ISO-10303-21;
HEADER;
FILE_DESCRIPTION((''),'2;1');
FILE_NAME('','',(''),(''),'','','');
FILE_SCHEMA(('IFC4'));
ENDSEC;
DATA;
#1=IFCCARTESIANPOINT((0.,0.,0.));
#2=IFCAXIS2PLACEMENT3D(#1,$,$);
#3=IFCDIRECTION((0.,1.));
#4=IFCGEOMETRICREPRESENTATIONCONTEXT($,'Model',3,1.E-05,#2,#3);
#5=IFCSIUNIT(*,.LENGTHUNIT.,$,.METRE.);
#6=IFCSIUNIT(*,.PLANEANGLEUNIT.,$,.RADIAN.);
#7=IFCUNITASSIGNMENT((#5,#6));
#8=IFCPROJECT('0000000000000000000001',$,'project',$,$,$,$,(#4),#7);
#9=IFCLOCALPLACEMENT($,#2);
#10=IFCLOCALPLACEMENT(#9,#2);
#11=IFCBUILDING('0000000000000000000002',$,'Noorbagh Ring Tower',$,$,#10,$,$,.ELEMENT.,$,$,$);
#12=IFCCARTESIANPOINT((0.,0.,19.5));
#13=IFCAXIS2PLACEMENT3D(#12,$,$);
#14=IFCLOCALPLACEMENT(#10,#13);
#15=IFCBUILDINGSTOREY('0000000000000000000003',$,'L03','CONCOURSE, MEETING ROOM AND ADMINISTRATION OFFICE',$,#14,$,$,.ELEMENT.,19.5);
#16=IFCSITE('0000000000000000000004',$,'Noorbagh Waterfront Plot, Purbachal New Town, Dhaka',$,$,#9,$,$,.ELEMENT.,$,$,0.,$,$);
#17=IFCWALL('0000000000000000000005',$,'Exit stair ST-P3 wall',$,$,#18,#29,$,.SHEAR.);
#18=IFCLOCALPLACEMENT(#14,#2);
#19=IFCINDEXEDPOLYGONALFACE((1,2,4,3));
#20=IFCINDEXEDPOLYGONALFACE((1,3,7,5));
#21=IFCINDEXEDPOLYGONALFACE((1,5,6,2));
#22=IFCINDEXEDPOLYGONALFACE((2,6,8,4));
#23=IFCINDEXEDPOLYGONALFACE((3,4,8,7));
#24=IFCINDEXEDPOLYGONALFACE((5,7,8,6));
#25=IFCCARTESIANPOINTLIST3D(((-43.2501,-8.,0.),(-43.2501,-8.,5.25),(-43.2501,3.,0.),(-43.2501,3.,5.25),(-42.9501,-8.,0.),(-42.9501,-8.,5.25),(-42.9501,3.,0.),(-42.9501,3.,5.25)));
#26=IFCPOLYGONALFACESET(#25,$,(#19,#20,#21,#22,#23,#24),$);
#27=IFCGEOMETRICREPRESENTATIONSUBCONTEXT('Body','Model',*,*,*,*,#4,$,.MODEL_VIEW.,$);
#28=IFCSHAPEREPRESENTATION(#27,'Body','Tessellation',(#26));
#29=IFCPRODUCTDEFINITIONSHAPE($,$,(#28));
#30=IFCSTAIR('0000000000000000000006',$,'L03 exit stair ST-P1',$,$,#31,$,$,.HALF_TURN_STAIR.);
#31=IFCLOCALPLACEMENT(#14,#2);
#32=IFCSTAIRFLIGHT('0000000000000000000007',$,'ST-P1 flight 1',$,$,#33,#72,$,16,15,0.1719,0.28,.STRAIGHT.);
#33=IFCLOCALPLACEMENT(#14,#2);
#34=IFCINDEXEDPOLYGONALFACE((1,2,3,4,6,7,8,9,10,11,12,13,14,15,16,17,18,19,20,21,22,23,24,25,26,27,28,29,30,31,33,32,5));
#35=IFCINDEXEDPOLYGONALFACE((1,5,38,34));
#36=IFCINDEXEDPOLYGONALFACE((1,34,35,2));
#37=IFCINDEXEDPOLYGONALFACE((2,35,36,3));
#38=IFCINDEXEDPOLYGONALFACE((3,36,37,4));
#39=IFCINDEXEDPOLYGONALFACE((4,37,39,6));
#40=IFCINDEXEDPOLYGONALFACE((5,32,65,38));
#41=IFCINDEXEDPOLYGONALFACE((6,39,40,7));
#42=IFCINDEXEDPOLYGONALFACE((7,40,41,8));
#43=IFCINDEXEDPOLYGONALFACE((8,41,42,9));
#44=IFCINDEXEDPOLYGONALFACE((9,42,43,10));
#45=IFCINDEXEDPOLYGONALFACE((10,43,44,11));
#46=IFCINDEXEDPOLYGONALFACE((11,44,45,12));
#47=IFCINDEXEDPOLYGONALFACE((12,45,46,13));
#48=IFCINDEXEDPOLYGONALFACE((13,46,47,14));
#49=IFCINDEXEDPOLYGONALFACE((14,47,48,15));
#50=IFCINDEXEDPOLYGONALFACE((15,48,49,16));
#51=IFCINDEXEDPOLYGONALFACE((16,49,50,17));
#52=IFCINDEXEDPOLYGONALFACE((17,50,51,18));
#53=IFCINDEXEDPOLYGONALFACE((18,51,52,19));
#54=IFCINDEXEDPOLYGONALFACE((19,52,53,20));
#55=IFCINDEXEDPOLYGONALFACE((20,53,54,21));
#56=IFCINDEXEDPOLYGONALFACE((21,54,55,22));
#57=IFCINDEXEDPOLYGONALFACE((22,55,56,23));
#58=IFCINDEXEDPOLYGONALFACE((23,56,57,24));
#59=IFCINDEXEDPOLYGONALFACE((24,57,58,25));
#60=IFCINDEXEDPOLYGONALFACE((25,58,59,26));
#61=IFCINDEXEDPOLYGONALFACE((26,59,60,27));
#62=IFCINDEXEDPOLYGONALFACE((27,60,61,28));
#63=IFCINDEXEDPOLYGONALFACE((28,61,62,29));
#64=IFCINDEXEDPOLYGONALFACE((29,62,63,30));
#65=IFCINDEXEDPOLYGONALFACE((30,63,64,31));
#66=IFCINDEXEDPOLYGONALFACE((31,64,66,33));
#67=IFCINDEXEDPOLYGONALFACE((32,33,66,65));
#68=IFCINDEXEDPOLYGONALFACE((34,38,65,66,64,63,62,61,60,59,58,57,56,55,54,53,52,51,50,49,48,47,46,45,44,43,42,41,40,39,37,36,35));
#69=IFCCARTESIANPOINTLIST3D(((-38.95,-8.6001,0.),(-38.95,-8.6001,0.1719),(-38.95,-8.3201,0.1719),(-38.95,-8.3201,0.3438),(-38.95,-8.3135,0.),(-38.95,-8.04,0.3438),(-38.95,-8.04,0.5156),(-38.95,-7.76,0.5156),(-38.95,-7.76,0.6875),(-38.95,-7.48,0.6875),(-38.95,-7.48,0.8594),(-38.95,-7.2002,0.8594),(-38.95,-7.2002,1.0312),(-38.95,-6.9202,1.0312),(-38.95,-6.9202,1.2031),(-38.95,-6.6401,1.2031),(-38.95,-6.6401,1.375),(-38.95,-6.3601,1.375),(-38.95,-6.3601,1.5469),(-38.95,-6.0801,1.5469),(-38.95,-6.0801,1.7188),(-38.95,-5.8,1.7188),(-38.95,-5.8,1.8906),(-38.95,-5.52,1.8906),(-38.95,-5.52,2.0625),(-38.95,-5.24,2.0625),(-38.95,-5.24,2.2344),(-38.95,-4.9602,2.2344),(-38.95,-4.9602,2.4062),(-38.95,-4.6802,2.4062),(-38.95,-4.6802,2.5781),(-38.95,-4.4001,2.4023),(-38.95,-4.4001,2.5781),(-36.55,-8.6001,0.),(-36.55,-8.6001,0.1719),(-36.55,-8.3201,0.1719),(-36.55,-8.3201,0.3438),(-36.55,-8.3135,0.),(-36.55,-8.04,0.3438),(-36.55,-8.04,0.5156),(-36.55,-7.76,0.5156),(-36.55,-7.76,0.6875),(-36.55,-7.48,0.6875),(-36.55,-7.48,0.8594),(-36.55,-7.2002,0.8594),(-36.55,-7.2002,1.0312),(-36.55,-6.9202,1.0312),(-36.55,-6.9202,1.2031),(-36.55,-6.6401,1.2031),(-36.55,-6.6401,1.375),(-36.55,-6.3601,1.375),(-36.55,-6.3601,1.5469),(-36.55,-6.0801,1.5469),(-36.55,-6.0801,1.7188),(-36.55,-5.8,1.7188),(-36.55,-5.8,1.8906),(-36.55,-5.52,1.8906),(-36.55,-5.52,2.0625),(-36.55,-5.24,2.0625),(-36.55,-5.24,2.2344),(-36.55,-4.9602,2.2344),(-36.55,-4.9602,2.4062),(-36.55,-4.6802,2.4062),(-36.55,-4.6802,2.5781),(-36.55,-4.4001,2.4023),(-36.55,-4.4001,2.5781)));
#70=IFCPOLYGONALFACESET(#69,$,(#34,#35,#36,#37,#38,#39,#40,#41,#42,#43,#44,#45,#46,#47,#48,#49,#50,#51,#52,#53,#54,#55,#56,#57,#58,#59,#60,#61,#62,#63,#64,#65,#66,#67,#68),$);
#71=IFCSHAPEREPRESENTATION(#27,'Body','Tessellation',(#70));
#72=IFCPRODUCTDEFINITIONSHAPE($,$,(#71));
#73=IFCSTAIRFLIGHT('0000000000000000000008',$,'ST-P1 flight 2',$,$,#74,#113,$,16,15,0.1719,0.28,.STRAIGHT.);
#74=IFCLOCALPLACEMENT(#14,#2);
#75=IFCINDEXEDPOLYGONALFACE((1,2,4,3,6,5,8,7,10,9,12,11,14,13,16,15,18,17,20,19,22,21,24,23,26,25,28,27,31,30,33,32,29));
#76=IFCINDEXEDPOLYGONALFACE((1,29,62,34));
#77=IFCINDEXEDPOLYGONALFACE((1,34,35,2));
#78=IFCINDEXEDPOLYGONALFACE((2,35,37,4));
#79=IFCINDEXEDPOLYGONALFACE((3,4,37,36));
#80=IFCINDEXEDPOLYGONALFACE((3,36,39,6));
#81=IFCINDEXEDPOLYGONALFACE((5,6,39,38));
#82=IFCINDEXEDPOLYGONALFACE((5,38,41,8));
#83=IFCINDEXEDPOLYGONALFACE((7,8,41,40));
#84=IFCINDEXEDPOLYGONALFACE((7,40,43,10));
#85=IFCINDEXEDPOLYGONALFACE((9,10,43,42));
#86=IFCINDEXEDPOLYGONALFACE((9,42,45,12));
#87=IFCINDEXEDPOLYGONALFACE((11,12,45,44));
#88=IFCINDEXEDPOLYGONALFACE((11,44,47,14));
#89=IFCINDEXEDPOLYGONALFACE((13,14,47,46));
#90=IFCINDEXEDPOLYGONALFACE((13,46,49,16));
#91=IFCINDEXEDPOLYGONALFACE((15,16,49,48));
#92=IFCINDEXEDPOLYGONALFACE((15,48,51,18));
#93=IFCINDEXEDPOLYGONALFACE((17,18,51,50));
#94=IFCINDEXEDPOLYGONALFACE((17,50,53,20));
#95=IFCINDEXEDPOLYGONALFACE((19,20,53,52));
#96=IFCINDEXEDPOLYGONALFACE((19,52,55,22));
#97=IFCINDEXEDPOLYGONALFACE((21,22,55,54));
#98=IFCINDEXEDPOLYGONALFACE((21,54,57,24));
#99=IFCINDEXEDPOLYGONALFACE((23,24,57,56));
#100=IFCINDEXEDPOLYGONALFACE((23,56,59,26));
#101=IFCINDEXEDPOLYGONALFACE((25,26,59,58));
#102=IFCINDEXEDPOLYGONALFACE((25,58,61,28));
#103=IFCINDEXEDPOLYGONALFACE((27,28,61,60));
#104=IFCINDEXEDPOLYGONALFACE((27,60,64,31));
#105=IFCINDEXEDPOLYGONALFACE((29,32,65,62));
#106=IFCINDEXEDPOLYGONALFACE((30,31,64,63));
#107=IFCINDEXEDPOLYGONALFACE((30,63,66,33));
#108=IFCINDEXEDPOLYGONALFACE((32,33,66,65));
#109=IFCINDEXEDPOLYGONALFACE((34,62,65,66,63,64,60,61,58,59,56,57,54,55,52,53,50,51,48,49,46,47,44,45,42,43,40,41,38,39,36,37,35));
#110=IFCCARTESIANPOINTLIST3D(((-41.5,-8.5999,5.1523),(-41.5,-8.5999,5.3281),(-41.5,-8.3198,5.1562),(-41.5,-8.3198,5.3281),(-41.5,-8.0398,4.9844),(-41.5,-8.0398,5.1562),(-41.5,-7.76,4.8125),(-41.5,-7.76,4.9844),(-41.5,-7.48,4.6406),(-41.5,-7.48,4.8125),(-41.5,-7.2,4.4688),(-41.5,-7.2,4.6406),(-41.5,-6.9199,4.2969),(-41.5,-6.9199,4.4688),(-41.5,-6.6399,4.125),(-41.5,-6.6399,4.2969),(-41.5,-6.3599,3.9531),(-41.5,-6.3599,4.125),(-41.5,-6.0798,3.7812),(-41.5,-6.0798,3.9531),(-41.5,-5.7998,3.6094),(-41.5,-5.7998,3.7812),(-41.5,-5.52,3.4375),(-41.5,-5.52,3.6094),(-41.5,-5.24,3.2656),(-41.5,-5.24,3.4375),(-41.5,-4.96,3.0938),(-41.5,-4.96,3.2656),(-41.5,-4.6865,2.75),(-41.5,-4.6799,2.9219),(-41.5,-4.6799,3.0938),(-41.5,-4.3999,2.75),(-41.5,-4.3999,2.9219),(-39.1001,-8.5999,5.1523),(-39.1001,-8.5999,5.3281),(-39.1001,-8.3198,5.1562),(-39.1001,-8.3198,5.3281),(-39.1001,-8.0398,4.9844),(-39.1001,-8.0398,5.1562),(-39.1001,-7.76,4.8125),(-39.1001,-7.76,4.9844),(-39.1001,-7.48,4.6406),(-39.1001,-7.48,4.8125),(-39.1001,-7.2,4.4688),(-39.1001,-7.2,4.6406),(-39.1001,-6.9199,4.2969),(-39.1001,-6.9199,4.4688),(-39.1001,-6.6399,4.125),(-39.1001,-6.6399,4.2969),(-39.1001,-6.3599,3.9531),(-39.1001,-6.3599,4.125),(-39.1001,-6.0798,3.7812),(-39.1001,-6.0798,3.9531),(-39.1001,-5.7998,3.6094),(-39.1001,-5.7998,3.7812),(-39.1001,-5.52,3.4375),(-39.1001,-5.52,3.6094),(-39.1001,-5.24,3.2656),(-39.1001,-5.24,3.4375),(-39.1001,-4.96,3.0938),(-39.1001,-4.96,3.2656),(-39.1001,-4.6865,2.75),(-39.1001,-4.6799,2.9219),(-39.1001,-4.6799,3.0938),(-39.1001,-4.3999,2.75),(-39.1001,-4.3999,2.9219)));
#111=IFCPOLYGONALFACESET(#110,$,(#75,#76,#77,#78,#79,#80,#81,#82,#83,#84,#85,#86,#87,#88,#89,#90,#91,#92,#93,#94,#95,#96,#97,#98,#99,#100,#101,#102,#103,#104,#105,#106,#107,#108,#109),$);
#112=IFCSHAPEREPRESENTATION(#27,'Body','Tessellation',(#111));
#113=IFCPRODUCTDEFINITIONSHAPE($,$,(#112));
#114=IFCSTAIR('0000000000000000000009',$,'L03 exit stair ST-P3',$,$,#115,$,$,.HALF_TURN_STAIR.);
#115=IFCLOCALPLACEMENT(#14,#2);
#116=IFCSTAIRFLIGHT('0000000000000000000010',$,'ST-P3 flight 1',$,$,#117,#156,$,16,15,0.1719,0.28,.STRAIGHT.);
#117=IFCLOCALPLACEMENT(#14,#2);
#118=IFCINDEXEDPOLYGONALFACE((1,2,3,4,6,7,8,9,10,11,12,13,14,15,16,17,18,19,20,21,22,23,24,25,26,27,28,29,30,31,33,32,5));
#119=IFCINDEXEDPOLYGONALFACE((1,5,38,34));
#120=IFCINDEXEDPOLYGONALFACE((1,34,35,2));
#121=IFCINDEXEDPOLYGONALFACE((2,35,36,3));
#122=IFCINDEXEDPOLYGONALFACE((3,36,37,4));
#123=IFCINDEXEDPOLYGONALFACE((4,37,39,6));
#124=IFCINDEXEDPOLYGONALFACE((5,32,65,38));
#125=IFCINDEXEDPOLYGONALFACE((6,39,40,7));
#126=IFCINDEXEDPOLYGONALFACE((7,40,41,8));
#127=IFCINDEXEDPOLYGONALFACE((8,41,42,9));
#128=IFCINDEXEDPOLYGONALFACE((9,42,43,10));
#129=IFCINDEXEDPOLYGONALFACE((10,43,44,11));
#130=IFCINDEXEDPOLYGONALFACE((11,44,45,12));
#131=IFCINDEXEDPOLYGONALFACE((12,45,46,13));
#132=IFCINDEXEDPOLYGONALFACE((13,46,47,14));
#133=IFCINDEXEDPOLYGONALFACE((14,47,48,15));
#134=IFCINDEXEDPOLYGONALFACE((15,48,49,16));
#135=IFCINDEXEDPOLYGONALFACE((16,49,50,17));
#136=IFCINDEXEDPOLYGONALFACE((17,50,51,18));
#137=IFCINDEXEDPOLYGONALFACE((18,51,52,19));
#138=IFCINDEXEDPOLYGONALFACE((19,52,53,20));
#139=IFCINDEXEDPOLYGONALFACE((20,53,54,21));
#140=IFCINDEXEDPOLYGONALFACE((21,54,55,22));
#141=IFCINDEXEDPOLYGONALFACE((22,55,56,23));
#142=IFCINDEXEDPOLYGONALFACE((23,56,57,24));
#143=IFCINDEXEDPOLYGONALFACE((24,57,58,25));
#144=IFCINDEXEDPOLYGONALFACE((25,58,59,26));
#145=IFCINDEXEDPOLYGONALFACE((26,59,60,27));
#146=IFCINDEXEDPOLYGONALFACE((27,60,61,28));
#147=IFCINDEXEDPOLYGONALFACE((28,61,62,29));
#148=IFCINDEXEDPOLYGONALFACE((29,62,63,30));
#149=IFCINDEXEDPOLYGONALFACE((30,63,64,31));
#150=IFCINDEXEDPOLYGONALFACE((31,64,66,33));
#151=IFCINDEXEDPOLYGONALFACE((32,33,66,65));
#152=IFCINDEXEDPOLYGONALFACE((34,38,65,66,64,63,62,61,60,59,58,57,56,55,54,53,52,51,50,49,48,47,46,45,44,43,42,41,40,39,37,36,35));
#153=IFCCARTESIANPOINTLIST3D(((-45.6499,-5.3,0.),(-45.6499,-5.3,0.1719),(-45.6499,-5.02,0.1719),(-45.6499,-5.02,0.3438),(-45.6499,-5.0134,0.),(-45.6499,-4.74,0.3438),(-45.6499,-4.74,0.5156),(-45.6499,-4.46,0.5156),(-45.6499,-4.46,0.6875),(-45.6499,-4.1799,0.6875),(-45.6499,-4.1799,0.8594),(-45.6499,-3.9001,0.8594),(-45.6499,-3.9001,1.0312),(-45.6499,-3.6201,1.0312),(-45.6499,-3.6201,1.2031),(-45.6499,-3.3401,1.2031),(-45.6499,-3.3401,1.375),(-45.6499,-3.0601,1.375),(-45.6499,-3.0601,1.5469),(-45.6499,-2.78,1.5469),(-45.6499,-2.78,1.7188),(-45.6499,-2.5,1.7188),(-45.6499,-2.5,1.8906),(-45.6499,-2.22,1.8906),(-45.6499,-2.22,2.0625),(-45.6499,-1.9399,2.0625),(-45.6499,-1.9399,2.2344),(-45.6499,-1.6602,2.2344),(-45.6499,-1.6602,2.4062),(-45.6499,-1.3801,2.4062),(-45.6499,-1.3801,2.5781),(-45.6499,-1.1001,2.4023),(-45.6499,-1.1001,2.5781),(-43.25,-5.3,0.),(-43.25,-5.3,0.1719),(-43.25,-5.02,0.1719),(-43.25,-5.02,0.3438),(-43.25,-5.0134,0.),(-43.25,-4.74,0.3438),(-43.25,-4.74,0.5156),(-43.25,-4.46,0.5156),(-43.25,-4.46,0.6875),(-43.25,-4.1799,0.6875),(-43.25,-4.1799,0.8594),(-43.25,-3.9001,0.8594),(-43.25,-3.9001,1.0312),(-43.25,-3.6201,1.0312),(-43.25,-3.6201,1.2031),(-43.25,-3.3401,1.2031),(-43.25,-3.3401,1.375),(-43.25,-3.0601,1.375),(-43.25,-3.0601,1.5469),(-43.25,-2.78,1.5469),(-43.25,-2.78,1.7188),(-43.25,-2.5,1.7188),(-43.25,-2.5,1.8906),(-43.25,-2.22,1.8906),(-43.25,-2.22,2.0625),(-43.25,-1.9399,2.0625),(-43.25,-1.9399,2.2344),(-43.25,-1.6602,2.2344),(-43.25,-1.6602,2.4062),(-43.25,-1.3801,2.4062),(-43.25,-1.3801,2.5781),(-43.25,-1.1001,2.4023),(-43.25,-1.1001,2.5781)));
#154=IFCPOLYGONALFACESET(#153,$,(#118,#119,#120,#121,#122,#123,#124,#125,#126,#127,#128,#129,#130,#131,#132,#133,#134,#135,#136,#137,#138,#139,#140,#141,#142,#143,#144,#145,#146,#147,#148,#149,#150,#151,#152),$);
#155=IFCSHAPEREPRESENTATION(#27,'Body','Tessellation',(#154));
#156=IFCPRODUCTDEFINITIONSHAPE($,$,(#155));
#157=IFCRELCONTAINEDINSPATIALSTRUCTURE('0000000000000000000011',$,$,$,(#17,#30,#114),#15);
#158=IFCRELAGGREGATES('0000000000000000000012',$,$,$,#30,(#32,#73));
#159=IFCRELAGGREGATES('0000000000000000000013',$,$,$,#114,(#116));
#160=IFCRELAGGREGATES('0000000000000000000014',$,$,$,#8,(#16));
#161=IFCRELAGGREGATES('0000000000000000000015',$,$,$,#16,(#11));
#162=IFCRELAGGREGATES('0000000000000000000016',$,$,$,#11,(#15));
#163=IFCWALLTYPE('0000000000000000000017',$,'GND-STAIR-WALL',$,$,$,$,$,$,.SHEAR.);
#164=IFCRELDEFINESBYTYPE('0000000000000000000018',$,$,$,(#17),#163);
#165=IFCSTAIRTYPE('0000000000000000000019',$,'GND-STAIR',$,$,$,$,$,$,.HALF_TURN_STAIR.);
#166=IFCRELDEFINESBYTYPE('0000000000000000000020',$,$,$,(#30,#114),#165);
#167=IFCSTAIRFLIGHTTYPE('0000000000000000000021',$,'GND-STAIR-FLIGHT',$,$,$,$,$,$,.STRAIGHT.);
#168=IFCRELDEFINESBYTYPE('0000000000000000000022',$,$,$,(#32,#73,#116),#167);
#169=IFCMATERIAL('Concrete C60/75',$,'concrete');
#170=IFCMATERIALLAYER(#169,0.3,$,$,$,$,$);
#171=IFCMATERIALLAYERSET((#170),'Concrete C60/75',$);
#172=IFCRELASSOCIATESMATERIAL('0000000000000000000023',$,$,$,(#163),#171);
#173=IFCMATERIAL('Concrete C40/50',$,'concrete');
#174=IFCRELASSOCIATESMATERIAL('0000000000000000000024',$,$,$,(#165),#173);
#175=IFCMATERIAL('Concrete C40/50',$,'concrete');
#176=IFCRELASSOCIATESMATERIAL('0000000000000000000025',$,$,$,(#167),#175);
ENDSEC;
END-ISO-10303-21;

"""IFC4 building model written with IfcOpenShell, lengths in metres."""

from ifc_helpers import new_model, si_unit, direction, frame, frame_2d, origin, place, context, subcontext, project, spatial, polyline, rectangle, outline, extrude, material, layer, layer_set, type_object, element, aggregate, save


model = new_model("IFC4")

# Units and contexts
model_context = context("Model", 3, precision=1e-05, world=origin(), true_north=direction((0.0, 1.0)))
body_context = subcontext(model_context, "Body", "Model", "MODEL_VIEW")
ifc_project = project(units=[si_unit("LENGTHUNIT", "METRE"), si_unit("PLANEANGLEUNIT", "RADIAN")], contexts=[model_context])

# Site, building, storey
site_placement = place(None, origin())
site = spatial("IfcSite", under=ifc_project, at=site_placement, Name="Noorbagh Waterfront Plot, Purbachal New Town, Dhaka", CompositionType="ELEMENT", RefElevation=0.0)
building_placement = place(site_placement, origin())
building = spatial("IfcBuilding", under=site, at=building_placement, Name="Noorbagh Ring Tower", CompositionType="ELEMENT")
storey_placement = place(building_placement, frame((0.0, 0.0, 19.5)))
storey = spatial("IfcBuildingStorey", under=building, at=storey_placement, Name="L03", Description="CONCOURSE, MEETING ROOM AND ADMINISTRATION OFFICE", CompositionType="ELEMENT", Elevation=19.5)

# Shared definitions
ifc_material_1 = material(Name="Concrete C60/75", Category="concrete")
ifc_layer_1 = layer(ifc_material_1, 0.3)
ifc_layer_set_1 = layer_set([ifc_layer_1], Name="Concrete C60/75")
wall_type_1 = type_object("IfcWallType", Name="GND-STAIR-WALL", PredefinedType="SHEAR", material=ifc_layer_set_1)

# Wall
wall_1_placement = place(storey_placement, frame((-43.1001, -8.0, 0.0), z_axis=(0.0, 0.0, 1.0), x_axis=(0.0, 1.0, 0.0)))
element("IfcWall", 1, at=wall_1_placement, inside=storey, type_object=wall_type_1, Name="Exit stair ST-P3 wall", PredefinedType="SHEAR", context=body_context, shape_type="SweptSolid", body=[
    extrude(rectangle(XDim=11.0, YDim=0.3, at=frame_2d((5.5, 0.0))), origin(), (0.0, 0.0, 1.0), 5.25),
])

# Stair, stair flights
ifc_material_2 = material(Name="Concrete C40/50", Category="concrete")
stair_type = type_object("IfcStairType", Name="GND-STAIR", PredefinedType="HALF_TURN_STAIR", material=ifc_material_2)
stair_1_placement = place(storey_placement, origin())
stair_1 = element("IfcStair", 2, at=stair_1_placement, inside=storey, type_object=stair_type, Name="L03 exit stair ST-P1", PredefinedType="HALF_TURN_STAIR")
ifc_material_3 = material(Name="Concrete C40/50", Category="concrete")
stair_flight_type = type_object("IfcStairFlightType", Name="GND-STAIR-FLIGHT", PredefinedType="STRAIGHT", material=ifc_material_3)
stair_flight_1_placement = place(storey_placement, frame((-37.75, -8.6001, 0.0), z_axis=(0.0, 0.0, 1.0), x_axis=(0.0, 1.0, 0.0)))
stair_flight_1 = element("IfcStairFlight", 3, at=stair_flight_1_placement, type_object=stair_flight_type, Name="ST-P1 flight 1", NumberOfRisers=16, NumberOfTreads=15, PredefinedType="STRAIGHT", RiserHeight=0.1719, TreadLength=0.28, context=body_context, shape_type="SweptSolid", body=[
    extrude(outline(polyline([(0.0, 0.0), (0.0, 0.1719), (0.28, 0.1719), (0.28, 0.3438), (0.5601, 0.3438), (0.5601, 0.5156), (0.8401, 0.5156), (0.8401, 0.6875), (1.1201, 0.6875), (1.1201, 0.8594), (1.3999, 0.8594), (1.3999, 1.0312), (1.6799, 1.0312), (1.6799, 1.2031), (1.96, 1.2031), (1.96, 1.375), (2.24, 1.375), (2.24, 1.5469), (2.52, 1.5469), (2.52, 1.7188), (2.8, 1.7188), (2.8, 1.8906), (3.0801, 1.8906), (3.0801, 2.0625), (3.3601, 2.0625), (3.3601, 2.2344), (3.6399, 2.2344), (3.6399, 2.4062), (3.9199, 2.4062), (3.9199, 2.5781), (4.2, 2.5781), (4.2, 2.75), (4.2, 2.4023), (0.2866, 0.0), (0.0, 0.0)])), frame((0.0, 1.2, 0.0), z_axis=(0.0, -1.0, 0.0), x_axis=(1.0, 0.0, 0.0)), (0.0, 0.0, 1.0), 2.3999),
])
stair_flight_2_placement = place(storey_placement, frame((-40.3, -4.3999, 2.75), z_axis=(0.0, 0.0, 1.0), x_axis=(0.0, -1.0, 0.0)))
stair_flight_2 = element("IfcStairFlight", 4, at=stair_flight_2_placement, type_object=stair_flight_type, Name="ST-P1 flight 2", NumberOfRisers=16, NumberOfTreads=15, PredefinedType="STRAIGHT", RiserHeight=0.1719, TreadLength=0.28, context=body_context, shape_type="SweptSolid", body=[
    extrude(outline(polyline([(0.0, 0.0), (0.0, 0.1719), (0.28, 0.1719), (0.28, 0.3438), (0.5601, 0.3438), (0.5601, 0.5156), (0.8401, 0.5156), (0.8401, 0.6875), (1.1201, 0.6875), (1.1201, 0.8594), (1.3999, 0.8594), (1.3999, 1.0312), (1.6799, 1.0312), (1.6799, 1.2031), (1.96, 1.2031), (1.96, 1.375), (2.24, 1.375), (2.24, 1.5469), (2.52, 1.5469), (2.52, 1.7188), (2.8, 1.7188), (2.8, 1.8906), (3.0801, 1.8906), (3.0801, 2.0625), (3.3601, 2.0625), (3.3601, 2.2344), (3.6399, 2.2344), (3.6399, 2.4062), (3.9199, 2.4062), (3.9199, 2.5781), (4.2, 2.5781), (4.2, 2.75), (4.2, 2.4023), (0.2866, 0.0), (0.0, 0.0)])), frame((0.0, 1.2, 0.0), z_axis=(0.0, -1.0, 0.0), x_axis=(1.0, 0.0, 0.0)), (0.0, 0.0, 1.0), 2.3999),
])
aggregate(stair_1, [stair_flight_1, stair_flight_2])

# Stair, stair flight
stair_2_placement = place(storey_placement, origin())
stair_2 = element("IfcStair", 5, at=stair_2_placement, inside=storey, type_object=stair_type, Name="L03 exit stair ST-P3", PredefinedType="HALF_TURN_STAIR")
stair_flight_3_placement = place(storey_placement, frame((-44.45, -5.3, 0.0), z_axis=(0.0, 0.0, 1.0), x_axis=(0.0, 1.0, 0.0)))
stair_flight_3 = element("IfcStairFlight", 6, at=stair_flight_3_placement, type_object=stair_flight_type, Name="ST-P3 flight 1", NumberOfRisers=16, NumberOfTreads=15, PredefinedType="STRAIGHT", RiserHeight=0.1719, TreadLength=0.28, context=body_context, shape_type="SweptSolid", body=[
    extrude(outline(polyline([(0.0, 0.0), (0.0, 0.1719), (0.28, 0.1719), (0.28, 0.3438), (0.5601, 0.3438), (0.5601, 0.5156), (0.8401, 0.5156), (0.8401, 0.6875), (1.1201, 0.6875), (1.1201, 0.8594), (1.3999, 0.8594), (1.3999, 1.0312), (1.6799, 1.0312), (1.6799, 1.2031), (1.96, 1.2031), (1.96, 1.375), (2.24, 1.375), (2.24, 1.5469), (2.52, 1.5469), (2.52, 1.7188), (2.8, 1.7188), (2.8, 1.8906), (3.0801, 1.8906), (3.0801, 2.0625), (3.3601, 2.0625), (3.3601, 2.2344), (3.6399, 2.2344), (3.6399, 2.4062), (3.9199, 2.4062), (3.9199, 2.5781), (4.2, 2.5781), (4.2, 2.75), (4.2, 2.4023), (0.2866, 0.0), (0.0, 0.0)])), frame((0.0, 1.2, 0.0), z_axis=(0.0, -1.0, 0.0), x_axis=(1.0, 0.0, 0.0)), (0.0, 0.0, 1.0), 2.3999),
])
aggregate(stair_2, [stair_flight_3])

save(model, "model.ifc")
